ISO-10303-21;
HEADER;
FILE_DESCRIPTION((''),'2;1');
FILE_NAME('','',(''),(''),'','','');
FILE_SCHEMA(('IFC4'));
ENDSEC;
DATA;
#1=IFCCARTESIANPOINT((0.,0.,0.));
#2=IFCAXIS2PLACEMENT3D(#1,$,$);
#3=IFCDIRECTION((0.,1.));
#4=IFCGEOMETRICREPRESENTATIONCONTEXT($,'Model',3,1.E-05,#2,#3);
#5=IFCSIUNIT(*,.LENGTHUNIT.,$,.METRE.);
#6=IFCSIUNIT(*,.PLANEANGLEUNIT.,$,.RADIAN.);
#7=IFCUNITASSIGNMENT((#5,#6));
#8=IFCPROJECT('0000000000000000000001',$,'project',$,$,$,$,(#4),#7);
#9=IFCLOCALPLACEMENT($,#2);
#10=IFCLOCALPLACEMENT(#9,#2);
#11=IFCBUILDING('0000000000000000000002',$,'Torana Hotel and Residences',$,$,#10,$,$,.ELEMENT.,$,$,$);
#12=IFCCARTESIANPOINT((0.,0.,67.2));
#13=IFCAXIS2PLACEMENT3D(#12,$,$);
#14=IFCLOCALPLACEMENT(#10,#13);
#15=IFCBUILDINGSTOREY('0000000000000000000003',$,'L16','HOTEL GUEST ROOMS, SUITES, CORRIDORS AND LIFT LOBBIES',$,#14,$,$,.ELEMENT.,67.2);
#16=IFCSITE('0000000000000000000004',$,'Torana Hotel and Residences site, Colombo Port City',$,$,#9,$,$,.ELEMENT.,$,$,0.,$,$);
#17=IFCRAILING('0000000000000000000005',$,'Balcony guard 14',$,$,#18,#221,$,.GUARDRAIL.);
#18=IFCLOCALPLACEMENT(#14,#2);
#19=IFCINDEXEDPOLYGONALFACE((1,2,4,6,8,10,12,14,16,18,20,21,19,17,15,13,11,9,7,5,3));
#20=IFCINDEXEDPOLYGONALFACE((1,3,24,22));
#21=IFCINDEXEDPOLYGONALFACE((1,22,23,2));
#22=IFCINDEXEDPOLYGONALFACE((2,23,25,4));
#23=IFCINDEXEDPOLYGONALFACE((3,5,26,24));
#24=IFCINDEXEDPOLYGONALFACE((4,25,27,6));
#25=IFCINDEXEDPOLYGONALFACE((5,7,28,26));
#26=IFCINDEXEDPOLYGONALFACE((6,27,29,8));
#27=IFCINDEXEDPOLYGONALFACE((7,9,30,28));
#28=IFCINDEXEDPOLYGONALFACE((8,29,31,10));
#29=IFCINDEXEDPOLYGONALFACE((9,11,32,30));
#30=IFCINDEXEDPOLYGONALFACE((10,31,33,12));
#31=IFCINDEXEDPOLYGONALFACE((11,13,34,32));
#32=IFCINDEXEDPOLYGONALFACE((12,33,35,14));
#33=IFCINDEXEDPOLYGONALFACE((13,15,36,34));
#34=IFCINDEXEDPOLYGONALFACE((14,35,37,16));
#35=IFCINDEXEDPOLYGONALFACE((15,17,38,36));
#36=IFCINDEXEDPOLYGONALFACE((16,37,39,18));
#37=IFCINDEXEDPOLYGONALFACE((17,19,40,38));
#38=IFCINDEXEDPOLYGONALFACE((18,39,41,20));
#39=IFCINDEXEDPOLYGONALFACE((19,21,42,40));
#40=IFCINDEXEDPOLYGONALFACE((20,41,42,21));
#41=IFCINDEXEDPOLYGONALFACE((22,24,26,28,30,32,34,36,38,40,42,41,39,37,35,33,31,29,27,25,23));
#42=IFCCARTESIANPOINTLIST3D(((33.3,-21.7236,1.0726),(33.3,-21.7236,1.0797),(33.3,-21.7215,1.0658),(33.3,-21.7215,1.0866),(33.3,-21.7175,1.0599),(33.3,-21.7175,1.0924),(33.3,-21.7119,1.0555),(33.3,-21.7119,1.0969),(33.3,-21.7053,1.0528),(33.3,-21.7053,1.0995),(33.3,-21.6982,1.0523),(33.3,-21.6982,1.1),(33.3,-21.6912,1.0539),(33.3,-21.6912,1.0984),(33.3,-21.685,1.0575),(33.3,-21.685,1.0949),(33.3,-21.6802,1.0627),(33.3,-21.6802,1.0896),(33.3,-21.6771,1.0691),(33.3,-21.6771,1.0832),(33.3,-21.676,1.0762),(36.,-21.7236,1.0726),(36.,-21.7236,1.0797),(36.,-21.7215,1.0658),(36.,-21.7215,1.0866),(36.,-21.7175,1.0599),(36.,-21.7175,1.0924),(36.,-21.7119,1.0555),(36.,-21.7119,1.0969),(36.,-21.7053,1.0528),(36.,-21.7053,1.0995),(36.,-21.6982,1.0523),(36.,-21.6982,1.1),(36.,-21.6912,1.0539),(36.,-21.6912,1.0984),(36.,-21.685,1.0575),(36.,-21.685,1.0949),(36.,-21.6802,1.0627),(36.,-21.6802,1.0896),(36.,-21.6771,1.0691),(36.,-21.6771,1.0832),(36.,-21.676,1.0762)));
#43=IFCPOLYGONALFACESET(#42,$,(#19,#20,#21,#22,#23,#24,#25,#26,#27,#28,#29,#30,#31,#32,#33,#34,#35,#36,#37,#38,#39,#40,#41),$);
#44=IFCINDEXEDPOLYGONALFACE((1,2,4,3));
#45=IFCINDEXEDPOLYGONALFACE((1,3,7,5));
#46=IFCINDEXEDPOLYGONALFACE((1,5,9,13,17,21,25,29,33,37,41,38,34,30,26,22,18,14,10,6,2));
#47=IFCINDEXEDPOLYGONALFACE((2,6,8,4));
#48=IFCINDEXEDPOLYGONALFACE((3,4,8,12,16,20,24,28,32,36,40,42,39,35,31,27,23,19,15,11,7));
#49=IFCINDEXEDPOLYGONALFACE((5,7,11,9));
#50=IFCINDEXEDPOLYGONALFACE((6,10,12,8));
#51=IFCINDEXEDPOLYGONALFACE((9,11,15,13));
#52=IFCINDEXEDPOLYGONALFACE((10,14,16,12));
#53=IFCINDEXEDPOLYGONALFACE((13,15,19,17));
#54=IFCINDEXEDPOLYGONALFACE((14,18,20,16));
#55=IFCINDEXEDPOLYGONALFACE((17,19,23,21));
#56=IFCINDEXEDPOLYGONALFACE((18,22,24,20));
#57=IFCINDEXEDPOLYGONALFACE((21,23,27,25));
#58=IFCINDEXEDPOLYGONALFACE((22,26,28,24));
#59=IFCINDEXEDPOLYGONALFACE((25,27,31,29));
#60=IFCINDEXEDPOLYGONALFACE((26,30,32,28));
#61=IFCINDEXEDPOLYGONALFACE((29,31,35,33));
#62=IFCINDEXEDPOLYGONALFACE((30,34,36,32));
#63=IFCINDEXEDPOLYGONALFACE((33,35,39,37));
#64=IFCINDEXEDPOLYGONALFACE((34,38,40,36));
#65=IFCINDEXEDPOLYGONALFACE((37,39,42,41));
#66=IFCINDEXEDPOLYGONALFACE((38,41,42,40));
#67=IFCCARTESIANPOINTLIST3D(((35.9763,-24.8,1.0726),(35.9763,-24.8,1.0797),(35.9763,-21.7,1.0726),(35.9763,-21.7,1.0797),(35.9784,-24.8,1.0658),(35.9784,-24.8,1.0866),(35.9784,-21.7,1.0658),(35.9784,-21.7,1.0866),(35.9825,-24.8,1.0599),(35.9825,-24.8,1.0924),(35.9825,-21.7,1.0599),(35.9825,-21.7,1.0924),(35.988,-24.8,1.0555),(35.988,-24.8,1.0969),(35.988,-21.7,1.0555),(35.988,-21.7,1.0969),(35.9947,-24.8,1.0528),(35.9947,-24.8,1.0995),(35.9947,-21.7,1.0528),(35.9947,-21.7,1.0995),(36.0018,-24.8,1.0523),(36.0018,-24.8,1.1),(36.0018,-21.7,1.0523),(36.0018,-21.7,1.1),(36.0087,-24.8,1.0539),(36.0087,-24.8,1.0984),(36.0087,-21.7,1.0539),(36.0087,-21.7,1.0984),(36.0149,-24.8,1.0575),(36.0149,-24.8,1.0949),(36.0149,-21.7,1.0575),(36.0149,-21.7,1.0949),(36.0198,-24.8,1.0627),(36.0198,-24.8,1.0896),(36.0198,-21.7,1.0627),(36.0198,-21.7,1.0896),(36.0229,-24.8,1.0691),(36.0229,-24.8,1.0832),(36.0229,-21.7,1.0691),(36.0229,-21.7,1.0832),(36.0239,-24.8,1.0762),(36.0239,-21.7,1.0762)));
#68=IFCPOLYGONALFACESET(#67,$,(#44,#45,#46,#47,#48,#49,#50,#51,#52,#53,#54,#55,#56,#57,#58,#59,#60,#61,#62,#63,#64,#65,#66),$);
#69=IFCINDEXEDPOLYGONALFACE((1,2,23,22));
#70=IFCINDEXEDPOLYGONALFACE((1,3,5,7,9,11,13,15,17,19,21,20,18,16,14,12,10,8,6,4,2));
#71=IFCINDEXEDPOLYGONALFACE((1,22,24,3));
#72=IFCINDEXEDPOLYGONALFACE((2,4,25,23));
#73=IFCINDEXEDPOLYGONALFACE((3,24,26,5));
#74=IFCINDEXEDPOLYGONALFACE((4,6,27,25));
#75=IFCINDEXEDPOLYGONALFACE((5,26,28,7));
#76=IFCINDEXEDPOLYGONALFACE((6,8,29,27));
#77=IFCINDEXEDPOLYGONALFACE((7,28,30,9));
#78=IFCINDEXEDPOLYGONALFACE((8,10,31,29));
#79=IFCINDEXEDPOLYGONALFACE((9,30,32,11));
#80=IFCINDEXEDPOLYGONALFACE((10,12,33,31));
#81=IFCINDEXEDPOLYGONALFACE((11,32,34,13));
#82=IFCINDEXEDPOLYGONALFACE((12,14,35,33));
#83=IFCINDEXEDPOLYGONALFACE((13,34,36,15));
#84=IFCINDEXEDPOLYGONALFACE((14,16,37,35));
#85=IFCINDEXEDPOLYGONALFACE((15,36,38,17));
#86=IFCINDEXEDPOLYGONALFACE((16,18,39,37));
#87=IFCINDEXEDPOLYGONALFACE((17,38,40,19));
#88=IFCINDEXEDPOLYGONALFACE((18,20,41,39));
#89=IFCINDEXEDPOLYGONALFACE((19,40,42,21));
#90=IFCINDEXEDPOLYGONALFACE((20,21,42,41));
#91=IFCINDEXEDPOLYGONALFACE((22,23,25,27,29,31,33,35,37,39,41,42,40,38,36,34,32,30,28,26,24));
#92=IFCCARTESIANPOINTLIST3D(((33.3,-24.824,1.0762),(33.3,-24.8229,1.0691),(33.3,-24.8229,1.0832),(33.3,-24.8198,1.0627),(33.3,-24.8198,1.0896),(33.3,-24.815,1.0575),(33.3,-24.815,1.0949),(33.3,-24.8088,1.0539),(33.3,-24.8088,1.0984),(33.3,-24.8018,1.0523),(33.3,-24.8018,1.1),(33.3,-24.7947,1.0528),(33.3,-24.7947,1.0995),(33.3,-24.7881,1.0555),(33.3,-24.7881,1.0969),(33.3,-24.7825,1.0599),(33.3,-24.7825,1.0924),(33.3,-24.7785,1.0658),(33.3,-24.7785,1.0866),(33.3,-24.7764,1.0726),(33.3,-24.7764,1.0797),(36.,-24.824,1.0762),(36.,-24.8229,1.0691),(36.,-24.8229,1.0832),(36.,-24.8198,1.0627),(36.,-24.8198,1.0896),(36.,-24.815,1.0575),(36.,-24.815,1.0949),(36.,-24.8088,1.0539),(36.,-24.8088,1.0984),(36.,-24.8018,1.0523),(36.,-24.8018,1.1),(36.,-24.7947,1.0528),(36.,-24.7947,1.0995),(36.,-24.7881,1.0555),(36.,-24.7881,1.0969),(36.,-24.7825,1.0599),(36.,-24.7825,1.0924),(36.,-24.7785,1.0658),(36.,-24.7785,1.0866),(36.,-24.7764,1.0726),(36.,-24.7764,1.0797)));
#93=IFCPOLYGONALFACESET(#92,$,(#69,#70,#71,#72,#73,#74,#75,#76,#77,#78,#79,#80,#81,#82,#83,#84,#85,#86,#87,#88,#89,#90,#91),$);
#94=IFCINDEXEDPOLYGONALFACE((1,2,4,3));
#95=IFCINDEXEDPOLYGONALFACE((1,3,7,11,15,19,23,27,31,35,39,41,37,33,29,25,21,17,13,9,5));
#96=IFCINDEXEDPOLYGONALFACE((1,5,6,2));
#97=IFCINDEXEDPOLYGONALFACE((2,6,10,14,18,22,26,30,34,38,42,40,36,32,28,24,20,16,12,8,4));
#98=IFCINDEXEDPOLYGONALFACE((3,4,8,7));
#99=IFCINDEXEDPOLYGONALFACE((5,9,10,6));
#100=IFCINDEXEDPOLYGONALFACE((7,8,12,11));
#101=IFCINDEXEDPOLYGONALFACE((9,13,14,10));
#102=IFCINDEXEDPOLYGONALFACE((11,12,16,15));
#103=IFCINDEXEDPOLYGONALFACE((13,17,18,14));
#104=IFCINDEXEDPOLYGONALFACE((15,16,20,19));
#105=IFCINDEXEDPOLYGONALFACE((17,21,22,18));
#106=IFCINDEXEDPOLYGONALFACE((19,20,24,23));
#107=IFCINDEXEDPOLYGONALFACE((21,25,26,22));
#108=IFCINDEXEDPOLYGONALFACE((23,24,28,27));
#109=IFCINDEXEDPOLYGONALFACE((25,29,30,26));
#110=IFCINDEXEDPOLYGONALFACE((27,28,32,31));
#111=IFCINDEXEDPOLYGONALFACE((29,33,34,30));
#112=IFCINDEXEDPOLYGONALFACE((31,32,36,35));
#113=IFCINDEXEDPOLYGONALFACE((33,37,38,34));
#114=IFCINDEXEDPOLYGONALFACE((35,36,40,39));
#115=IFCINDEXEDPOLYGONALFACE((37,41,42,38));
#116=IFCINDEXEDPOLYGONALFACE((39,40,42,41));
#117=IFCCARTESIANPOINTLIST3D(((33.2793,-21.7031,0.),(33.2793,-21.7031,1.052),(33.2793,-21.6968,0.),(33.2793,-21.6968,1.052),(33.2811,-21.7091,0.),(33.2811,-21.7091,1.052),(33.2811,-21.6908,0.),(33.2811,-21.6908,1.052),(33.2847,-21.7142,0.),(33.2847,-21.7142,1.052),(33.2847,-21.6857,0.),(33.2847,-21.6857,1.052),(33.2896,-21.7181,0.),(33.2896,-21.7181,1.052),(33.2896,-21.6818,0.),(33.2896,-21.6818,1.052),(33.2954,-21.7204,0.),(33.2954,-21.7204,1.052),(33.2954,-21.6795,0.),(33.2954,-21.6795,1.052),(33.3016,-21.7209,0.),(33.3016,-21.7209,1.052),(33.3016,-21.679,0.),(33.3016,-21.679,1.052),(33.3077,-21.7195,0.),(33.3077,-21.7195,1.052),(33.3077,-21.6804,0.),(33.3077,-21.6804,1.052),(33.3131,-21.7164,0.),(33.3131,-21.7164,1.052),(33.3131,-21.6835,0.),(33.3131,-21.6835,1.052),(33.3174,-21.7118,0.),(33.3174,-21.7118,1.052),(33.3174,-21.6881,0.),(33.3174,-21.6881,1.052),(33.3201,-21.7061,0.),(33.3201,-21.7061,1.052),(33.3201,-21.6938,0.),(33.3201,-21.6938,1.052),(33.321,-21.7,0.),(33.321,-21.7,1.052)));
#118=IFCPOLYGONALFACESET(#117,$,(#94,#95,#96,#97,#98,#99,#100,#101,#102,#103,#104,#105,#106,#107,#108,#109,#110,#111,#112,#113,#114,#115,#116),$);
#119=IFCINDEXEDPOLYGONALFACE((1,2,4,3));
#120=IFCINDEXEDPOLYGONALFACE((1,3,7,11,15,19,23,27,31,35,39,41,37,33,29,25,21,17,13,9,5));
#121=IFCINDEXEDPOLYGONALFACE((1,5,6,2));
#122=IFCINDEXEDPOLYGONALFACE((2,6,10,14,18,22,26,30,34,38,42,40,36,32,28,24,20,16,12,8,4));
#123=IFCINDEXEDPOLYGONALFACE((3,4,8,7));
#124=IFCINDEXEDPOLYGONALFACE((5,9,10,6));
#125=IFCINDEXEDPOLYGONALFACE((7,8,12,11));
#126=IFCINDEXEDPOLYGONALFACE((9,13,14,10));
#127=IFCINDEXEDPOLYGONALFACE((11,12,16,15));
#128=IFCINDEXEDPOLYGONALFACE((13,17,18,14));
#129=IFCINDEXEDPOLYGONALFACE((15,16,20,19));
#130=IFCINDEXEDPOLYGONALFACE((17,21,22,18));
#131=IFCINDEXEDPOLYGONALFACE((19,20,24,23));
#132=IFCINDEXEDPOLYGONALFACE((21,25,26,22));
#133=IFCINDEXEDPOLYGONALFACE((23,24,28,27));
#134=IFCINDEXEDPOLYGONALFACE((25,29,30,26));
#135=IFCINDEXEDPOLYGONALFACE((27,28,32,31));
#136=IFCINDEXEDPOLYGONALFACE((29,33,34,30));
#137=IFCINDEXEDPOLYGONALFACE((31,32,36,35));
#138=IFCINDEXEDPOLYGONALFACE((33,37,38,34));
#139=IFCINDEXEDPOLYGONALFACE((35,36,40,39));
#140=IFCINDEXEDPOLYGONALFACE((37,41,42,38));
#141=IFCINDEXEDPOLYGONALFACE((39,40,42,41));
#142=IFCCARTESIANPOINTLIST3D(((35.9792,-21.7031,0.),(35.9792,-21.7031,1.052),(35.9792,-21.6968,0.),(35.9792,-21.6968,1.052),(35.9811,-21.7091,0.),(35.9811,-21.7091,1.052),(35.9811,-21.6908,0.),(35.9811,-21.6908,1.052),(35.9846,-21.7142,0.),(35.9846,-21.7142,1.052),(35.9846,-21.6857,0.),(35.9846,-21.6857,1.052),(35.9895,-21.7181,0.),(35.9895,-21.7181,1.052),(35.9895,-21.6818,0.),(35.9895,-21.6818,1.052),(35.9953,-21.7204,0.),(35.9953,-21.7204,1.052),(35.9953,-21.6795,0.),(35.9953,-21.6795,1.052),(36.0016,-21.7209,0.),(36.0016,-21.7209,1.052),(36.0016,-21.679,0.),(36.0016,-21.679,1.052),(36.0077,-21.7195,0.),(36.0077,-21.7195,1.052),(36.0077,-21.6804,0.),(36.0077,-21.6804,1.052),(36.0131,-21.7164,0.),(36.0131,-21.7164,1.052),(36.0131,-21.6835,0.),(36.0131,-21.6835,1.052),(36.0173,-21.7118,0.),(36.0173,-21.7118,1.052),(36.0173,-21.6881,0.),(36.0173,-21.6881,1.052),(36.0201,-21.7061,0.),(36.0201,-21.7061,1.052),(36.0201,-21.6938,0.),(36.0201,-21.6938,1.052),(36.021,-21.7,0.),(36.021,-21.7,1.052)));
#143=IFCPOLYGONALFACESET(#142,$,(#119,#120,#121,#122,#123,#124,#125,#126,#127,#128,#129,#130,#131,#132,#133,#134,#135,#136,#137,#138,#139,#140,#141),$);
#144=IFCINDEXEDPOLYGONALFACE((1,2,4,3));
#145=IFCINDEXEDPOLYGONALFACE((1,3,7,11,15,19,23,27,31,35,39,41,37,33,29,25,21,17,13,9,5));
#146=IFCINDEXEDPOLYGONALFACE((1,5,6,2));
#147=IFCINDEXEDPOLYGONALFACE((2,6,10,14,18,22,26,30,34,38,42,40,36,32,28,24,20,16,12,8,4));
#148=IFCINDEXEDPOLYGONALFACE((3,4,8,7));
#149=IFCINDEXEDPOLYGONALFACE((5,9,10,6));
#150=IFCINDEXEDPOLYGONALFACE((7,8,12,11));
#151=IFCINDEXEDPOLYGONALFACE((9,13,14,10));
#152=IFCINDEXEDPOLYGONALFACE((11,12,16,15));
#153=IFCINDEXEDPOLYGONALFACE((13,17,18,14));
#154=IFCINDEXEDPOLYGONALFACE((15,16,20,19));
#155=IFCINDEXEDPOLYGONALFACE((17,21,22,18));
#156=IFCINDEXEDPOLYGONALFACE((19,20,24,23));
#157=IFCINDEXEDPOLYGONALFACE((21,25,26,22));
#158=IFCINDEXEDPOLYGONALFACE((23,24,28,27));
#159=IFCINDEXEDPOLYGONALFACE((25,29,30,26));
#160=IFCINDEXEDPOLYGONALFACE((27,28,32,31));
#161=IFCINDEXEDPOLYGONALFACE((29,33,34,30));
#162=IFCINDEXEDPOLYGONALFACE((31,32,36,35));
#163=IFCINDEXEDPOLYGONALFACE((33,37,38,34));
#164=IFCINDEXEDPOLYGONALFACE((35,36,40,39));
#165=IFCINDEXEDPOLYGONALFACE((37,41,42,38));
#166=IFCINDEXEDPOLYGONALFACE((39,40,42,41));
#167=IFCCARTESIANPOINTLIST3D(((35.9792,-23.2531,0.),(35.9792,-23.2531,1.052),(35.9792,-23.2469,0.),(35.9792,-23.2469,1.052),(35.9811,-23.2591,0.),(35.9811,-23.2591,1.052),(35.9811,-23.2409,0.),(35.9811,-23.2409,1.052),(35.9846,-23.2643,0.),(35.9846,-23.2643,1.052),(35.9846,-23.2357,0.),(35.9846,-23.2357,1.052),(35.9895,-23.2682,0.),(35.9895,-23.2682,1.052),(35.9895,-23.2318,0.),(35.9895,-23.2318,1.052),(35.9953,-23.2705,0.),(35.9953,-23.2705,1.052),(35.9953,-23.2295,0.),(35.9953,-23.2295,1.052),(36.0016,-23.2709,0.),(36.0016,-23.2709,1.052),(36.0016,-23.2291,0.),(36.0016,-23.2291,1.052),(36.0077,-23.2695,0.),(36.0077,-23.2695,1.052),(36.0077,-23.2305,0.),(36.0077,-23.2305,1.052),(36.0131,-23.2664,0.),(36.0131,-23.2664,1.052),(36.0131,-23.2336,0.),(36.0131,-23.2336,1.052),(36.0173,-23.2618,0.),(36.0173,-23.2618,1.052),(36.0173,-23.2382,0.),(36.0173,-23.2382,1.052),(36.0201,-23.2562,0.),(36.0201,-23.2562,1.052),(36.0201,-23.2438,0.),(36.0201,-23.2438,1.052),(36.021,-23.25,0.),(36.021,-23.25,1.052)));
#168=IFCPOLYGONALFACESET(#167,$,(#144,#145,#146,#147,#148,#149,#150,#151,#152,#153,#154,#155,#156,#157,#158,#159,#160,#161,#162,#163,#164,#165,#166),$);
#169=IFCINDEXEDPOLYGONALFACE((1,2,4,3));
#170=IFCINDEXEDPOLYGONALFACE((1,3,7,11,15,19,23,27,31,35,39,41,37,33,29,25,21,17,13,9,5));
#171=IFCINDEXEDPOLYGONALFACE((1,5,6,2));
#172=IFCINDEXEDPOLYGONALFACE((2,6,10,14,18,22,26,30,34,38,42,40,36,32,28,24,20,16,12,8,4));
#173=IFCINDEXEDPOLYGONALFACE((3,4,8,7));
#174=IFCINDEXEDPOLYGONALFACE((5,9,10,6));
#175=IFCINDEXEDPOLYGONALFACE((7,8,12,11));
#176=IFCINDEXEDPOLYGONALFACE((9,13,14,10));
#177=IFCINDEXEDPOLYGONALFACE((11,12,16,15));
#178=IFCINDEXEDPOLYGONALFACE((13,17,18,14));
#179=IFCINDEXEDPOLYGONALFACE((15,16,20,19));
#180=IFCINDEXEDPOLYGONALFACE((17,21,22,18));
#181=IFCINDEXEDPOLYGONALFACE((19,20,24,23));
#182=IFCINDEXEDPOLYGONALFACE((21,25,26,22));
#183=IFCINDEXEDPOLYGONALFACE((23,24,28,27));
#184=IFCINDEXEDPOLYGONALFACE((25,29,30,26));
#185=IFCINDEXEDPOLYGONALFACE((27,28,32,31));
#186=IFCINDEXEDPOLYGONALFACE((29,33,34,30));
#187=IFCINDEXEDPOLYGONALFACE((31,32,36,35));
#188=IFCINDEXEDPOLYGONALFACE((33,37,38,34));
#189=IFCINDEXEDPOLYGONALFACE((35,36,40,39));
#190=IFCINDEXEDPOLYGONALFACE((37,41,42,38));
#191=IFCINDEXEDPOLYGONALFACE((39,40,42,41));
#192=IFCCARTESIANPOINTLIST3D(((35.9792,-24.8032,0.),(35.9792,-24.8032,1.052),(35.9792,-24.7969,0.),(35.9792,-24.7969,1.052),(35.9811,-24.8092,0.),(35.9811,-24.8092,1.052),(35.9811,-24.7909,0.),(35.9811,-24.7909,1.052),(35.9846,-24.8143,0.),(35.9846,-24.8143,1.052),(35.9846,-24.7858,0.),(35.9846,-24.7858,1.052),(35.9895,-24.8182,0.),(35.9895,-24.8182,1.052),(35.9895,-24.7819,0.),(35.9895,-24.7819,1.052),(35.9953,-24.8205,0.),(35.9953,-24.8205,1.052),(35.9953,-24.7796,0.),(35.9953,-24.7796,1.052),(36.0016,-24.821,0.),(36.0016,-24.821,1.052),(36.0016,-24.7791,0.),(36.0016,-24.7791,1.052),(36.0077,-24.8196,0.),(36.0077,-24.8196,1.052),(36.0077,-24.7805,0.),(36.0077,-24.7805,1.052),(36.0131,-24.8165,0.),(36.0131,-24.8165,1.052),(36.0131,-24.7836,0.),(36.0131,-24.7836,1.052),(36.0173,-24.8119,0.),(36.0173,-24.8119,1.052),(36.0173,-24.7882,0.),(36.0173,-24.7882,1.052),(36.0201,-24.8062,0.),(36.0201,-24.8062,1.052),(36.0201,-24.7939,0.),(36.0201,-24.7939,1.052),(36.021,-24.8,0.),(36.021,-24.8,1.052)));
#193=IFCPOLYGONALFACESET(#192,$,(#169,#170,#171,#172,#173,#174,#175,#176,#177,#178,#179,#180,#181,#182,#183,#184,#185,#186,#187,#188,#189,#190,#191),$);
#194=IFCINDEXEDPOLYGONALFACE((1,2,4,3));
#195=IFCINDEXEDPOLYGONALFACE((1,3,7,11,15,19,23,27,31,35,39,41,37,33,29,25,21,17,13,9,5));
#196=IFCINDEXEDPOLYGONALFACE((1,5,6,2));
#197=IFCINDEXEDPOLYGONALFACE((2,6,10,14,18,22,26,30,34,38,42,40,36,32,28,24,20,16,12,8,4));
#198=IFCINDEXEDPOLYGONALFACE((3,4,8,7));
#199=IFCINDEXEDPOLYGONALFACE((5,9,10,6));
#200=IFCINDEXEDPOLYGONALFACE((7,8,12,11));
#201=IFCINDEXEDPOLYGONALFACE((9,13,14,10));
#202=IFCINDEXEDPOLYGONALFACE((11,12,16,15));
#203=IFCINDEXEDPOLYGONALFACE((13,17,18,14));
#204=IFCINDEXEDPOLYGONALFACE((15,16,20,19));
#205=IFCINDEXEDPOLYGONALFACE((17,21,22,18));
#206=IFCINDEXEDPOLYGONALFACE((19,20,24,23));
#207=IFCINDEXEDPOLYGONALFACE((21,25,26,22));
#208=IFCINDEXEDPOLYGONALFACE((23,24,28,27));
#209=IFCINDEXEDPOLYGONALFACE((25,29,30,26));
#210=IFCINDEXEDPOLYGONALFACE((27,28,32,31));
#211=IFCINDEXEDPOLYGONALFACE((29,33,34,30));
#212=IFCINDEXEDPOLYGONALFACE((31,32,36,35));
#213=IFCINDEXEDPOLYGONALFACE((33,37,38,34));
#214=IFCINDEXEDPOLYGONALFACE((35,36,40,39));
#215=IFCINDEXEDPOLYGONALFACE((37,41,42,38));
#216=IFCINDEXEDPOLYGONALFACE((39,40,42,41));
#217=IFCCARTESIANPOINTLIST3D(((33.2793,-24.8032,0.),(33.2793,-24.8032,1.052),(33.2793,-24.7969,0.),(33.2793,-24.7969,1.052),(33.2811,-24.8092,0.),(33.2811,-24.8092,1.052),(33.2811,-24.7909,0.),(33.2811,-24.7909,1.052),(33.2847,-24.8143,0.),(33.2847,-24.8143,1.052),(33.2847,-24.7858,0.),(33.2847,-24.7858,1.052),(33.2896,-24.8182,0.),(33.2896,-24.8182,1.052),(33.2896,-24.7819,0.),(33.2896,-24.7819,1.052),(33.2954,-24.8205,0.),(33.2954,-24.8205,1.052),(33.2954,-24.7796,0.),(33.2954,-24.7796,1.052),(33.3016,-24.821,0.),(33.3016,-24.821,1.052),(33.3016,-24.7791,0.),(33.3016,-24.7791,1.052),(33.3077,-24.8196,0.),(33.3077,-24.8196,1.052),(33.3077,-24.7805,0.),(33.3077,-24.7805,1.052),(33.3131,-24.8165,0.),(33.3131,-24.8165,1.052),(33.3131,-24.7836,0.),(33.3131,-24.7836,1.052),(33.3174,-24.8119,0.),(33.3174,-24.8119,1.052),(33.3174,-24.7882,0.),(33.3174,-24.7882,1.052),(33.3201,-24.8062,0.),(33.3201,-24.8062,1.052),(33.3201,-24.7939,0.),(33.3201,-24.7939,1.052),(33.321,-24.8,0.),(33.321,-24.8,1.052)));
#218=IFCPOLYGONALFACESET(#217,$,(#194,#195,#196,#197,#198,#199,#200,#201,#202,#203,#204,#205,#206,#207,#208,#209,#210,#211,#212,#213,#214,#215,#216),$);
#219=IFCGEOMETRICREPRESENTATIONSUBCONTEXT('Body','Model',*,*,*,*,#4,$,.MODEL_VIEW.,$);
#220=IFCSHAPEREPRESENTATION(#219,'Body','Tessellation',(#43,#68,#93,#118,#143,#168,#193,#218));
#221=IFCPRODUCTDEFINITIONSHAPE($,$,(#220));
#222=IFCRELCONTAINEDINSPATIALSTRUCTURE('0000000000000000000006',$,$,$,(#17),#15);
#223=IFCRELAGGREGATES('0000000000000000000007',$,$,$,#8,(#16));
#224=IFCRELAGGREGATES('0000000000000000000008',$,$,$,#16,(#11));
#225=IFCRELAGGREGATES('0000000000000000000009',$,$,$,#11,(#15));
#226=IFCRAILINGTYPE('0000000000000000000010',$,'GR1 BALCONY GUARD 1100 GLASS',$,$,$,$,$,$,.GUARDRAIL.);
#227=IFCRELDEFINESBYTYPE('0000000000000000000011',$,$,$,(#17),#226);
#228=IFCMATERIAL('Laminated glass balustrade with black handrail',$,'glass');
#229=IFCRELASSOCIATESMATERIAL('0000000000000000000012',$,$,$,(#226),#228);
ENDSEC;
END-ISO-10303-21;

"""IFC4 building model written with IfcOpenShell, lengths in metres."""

from ifc_helpers import new_model, si_unit, direction, frame, origin, origin_2d, place, context, subcontext, project, spatial, circle, extrude, material, type_object, element, save


model = new_model("IFC4")

# Units and contexts
model_context = context("Model", 3, precision=1e-05, world=origin(), true_north=direction((0.0, 1.0)))
body_context = subcontext(model_context, "Body", "Model", "MODEL_VIEW")
ifc_project = project(units=[si_unit("LENGTHUNIT", "METRE"), si_unit("PLANEANGLEUNIT", "RADIAN")], contexts=[model_context])

# Site, building, storey
site_placement = place(None, origin())
site = spatial("IfcSite", under=ifc_project, at=site_placement, Name="Torana Hotel and Residences site, Colombo Port City", CompositionType="ELEMENT", RefElevation=0.0)
building_placement = place(site_placement, origin())
building = spatial("IfcBuilding", under=site, at=building_placement, Name="Torana Hotel and Residences", CompositionType="ELEMENT")
storey_placement = place(building_placement, frame((0.0, 0.0, 67.2)))
storey = spatial("IfcBuildingStorey", under=building, at=storey_placement, Name="L16", Description="HOTEL GUEST ROOMS, SUITES, CORRIDORS AND LIFT LOBBIES", CompositionType="ELEMENT", Elevation=67.2)

# Railing
ifc_material_1 = material(Name="Laminated glass balustrade with black handrail", Category="glass")
railing_type = type_object("IfcRailingType", Name="GR1 BALCONY GUARD 1100 GLASS", PredefinedType="GUARDRAIL", material=ifc_material_1)
railing_1_placement = place(storey_placement, frame((33.3, -21.7, 0.0)))
element("IfcRailing", 1, at=railing_1_placement, inside=storey, type_object=railing_type, Name="Balcony guard 14", PredefinedType="GUARDRAIL", context=body_context, shape_type="SweptSolid", body=[
    extrude(circle(Radius=0.0239, at=origin_2d()), frame((0.0, 0.0, 1.0762), z_axis=(1.0, 0.0, 0.0), x_axis=(0.0, 1.0, 0.0)), (0.0, 0.0, 1.0), 2.7),
    extrude(circle(Radius=0.0239, at=origin_2d()), frame((2.7, 0.0, 1.0762), z_axis=(0.0, -1.0, 0.0), x_axis=(1.0, 0.0, 0.0)), (0.0, 0.0, 1.0), 3.1001),
    extrude(circle(Radius=0.0239, at=origin_2d()), frame((2.7, -3.1001, 1.0762), z_axis=(-1.0, 0.0, 0.0), x_axis=(0.0, -1.0, 0.0)), (0.0, 0.0, 1.0), 2.7),
    extrude(circle(Radius=0.021, at=origin_2d()), origin(), (0.0, 0.0, 1.0), 1.052),
    extrude(circle(Radius=0.021, at=origin_2d()), frame((2.7, 0.0, 0.0)), (0.0, 0.0, 1.0), 1.052),
    extrude(circle(Radius=0.021, at=origin_2d()), frame((2.7, -1.55, 0.0)), (0.0, 0.0, 1.0), 1.052),
    extrude(circle(Radius=0.021, at=origin_2d()), frame((2.7, -3.1001, 0.0)), (0.0, 0.0, 1.0), 1.052),
    extrude(circle(Radius=0.021, at=origin_2d()), frame((0.0, -3.1001, 0.0)), (0.0, 0.0, 1.0), 1.052),
])

save(model, "model.ifc")
